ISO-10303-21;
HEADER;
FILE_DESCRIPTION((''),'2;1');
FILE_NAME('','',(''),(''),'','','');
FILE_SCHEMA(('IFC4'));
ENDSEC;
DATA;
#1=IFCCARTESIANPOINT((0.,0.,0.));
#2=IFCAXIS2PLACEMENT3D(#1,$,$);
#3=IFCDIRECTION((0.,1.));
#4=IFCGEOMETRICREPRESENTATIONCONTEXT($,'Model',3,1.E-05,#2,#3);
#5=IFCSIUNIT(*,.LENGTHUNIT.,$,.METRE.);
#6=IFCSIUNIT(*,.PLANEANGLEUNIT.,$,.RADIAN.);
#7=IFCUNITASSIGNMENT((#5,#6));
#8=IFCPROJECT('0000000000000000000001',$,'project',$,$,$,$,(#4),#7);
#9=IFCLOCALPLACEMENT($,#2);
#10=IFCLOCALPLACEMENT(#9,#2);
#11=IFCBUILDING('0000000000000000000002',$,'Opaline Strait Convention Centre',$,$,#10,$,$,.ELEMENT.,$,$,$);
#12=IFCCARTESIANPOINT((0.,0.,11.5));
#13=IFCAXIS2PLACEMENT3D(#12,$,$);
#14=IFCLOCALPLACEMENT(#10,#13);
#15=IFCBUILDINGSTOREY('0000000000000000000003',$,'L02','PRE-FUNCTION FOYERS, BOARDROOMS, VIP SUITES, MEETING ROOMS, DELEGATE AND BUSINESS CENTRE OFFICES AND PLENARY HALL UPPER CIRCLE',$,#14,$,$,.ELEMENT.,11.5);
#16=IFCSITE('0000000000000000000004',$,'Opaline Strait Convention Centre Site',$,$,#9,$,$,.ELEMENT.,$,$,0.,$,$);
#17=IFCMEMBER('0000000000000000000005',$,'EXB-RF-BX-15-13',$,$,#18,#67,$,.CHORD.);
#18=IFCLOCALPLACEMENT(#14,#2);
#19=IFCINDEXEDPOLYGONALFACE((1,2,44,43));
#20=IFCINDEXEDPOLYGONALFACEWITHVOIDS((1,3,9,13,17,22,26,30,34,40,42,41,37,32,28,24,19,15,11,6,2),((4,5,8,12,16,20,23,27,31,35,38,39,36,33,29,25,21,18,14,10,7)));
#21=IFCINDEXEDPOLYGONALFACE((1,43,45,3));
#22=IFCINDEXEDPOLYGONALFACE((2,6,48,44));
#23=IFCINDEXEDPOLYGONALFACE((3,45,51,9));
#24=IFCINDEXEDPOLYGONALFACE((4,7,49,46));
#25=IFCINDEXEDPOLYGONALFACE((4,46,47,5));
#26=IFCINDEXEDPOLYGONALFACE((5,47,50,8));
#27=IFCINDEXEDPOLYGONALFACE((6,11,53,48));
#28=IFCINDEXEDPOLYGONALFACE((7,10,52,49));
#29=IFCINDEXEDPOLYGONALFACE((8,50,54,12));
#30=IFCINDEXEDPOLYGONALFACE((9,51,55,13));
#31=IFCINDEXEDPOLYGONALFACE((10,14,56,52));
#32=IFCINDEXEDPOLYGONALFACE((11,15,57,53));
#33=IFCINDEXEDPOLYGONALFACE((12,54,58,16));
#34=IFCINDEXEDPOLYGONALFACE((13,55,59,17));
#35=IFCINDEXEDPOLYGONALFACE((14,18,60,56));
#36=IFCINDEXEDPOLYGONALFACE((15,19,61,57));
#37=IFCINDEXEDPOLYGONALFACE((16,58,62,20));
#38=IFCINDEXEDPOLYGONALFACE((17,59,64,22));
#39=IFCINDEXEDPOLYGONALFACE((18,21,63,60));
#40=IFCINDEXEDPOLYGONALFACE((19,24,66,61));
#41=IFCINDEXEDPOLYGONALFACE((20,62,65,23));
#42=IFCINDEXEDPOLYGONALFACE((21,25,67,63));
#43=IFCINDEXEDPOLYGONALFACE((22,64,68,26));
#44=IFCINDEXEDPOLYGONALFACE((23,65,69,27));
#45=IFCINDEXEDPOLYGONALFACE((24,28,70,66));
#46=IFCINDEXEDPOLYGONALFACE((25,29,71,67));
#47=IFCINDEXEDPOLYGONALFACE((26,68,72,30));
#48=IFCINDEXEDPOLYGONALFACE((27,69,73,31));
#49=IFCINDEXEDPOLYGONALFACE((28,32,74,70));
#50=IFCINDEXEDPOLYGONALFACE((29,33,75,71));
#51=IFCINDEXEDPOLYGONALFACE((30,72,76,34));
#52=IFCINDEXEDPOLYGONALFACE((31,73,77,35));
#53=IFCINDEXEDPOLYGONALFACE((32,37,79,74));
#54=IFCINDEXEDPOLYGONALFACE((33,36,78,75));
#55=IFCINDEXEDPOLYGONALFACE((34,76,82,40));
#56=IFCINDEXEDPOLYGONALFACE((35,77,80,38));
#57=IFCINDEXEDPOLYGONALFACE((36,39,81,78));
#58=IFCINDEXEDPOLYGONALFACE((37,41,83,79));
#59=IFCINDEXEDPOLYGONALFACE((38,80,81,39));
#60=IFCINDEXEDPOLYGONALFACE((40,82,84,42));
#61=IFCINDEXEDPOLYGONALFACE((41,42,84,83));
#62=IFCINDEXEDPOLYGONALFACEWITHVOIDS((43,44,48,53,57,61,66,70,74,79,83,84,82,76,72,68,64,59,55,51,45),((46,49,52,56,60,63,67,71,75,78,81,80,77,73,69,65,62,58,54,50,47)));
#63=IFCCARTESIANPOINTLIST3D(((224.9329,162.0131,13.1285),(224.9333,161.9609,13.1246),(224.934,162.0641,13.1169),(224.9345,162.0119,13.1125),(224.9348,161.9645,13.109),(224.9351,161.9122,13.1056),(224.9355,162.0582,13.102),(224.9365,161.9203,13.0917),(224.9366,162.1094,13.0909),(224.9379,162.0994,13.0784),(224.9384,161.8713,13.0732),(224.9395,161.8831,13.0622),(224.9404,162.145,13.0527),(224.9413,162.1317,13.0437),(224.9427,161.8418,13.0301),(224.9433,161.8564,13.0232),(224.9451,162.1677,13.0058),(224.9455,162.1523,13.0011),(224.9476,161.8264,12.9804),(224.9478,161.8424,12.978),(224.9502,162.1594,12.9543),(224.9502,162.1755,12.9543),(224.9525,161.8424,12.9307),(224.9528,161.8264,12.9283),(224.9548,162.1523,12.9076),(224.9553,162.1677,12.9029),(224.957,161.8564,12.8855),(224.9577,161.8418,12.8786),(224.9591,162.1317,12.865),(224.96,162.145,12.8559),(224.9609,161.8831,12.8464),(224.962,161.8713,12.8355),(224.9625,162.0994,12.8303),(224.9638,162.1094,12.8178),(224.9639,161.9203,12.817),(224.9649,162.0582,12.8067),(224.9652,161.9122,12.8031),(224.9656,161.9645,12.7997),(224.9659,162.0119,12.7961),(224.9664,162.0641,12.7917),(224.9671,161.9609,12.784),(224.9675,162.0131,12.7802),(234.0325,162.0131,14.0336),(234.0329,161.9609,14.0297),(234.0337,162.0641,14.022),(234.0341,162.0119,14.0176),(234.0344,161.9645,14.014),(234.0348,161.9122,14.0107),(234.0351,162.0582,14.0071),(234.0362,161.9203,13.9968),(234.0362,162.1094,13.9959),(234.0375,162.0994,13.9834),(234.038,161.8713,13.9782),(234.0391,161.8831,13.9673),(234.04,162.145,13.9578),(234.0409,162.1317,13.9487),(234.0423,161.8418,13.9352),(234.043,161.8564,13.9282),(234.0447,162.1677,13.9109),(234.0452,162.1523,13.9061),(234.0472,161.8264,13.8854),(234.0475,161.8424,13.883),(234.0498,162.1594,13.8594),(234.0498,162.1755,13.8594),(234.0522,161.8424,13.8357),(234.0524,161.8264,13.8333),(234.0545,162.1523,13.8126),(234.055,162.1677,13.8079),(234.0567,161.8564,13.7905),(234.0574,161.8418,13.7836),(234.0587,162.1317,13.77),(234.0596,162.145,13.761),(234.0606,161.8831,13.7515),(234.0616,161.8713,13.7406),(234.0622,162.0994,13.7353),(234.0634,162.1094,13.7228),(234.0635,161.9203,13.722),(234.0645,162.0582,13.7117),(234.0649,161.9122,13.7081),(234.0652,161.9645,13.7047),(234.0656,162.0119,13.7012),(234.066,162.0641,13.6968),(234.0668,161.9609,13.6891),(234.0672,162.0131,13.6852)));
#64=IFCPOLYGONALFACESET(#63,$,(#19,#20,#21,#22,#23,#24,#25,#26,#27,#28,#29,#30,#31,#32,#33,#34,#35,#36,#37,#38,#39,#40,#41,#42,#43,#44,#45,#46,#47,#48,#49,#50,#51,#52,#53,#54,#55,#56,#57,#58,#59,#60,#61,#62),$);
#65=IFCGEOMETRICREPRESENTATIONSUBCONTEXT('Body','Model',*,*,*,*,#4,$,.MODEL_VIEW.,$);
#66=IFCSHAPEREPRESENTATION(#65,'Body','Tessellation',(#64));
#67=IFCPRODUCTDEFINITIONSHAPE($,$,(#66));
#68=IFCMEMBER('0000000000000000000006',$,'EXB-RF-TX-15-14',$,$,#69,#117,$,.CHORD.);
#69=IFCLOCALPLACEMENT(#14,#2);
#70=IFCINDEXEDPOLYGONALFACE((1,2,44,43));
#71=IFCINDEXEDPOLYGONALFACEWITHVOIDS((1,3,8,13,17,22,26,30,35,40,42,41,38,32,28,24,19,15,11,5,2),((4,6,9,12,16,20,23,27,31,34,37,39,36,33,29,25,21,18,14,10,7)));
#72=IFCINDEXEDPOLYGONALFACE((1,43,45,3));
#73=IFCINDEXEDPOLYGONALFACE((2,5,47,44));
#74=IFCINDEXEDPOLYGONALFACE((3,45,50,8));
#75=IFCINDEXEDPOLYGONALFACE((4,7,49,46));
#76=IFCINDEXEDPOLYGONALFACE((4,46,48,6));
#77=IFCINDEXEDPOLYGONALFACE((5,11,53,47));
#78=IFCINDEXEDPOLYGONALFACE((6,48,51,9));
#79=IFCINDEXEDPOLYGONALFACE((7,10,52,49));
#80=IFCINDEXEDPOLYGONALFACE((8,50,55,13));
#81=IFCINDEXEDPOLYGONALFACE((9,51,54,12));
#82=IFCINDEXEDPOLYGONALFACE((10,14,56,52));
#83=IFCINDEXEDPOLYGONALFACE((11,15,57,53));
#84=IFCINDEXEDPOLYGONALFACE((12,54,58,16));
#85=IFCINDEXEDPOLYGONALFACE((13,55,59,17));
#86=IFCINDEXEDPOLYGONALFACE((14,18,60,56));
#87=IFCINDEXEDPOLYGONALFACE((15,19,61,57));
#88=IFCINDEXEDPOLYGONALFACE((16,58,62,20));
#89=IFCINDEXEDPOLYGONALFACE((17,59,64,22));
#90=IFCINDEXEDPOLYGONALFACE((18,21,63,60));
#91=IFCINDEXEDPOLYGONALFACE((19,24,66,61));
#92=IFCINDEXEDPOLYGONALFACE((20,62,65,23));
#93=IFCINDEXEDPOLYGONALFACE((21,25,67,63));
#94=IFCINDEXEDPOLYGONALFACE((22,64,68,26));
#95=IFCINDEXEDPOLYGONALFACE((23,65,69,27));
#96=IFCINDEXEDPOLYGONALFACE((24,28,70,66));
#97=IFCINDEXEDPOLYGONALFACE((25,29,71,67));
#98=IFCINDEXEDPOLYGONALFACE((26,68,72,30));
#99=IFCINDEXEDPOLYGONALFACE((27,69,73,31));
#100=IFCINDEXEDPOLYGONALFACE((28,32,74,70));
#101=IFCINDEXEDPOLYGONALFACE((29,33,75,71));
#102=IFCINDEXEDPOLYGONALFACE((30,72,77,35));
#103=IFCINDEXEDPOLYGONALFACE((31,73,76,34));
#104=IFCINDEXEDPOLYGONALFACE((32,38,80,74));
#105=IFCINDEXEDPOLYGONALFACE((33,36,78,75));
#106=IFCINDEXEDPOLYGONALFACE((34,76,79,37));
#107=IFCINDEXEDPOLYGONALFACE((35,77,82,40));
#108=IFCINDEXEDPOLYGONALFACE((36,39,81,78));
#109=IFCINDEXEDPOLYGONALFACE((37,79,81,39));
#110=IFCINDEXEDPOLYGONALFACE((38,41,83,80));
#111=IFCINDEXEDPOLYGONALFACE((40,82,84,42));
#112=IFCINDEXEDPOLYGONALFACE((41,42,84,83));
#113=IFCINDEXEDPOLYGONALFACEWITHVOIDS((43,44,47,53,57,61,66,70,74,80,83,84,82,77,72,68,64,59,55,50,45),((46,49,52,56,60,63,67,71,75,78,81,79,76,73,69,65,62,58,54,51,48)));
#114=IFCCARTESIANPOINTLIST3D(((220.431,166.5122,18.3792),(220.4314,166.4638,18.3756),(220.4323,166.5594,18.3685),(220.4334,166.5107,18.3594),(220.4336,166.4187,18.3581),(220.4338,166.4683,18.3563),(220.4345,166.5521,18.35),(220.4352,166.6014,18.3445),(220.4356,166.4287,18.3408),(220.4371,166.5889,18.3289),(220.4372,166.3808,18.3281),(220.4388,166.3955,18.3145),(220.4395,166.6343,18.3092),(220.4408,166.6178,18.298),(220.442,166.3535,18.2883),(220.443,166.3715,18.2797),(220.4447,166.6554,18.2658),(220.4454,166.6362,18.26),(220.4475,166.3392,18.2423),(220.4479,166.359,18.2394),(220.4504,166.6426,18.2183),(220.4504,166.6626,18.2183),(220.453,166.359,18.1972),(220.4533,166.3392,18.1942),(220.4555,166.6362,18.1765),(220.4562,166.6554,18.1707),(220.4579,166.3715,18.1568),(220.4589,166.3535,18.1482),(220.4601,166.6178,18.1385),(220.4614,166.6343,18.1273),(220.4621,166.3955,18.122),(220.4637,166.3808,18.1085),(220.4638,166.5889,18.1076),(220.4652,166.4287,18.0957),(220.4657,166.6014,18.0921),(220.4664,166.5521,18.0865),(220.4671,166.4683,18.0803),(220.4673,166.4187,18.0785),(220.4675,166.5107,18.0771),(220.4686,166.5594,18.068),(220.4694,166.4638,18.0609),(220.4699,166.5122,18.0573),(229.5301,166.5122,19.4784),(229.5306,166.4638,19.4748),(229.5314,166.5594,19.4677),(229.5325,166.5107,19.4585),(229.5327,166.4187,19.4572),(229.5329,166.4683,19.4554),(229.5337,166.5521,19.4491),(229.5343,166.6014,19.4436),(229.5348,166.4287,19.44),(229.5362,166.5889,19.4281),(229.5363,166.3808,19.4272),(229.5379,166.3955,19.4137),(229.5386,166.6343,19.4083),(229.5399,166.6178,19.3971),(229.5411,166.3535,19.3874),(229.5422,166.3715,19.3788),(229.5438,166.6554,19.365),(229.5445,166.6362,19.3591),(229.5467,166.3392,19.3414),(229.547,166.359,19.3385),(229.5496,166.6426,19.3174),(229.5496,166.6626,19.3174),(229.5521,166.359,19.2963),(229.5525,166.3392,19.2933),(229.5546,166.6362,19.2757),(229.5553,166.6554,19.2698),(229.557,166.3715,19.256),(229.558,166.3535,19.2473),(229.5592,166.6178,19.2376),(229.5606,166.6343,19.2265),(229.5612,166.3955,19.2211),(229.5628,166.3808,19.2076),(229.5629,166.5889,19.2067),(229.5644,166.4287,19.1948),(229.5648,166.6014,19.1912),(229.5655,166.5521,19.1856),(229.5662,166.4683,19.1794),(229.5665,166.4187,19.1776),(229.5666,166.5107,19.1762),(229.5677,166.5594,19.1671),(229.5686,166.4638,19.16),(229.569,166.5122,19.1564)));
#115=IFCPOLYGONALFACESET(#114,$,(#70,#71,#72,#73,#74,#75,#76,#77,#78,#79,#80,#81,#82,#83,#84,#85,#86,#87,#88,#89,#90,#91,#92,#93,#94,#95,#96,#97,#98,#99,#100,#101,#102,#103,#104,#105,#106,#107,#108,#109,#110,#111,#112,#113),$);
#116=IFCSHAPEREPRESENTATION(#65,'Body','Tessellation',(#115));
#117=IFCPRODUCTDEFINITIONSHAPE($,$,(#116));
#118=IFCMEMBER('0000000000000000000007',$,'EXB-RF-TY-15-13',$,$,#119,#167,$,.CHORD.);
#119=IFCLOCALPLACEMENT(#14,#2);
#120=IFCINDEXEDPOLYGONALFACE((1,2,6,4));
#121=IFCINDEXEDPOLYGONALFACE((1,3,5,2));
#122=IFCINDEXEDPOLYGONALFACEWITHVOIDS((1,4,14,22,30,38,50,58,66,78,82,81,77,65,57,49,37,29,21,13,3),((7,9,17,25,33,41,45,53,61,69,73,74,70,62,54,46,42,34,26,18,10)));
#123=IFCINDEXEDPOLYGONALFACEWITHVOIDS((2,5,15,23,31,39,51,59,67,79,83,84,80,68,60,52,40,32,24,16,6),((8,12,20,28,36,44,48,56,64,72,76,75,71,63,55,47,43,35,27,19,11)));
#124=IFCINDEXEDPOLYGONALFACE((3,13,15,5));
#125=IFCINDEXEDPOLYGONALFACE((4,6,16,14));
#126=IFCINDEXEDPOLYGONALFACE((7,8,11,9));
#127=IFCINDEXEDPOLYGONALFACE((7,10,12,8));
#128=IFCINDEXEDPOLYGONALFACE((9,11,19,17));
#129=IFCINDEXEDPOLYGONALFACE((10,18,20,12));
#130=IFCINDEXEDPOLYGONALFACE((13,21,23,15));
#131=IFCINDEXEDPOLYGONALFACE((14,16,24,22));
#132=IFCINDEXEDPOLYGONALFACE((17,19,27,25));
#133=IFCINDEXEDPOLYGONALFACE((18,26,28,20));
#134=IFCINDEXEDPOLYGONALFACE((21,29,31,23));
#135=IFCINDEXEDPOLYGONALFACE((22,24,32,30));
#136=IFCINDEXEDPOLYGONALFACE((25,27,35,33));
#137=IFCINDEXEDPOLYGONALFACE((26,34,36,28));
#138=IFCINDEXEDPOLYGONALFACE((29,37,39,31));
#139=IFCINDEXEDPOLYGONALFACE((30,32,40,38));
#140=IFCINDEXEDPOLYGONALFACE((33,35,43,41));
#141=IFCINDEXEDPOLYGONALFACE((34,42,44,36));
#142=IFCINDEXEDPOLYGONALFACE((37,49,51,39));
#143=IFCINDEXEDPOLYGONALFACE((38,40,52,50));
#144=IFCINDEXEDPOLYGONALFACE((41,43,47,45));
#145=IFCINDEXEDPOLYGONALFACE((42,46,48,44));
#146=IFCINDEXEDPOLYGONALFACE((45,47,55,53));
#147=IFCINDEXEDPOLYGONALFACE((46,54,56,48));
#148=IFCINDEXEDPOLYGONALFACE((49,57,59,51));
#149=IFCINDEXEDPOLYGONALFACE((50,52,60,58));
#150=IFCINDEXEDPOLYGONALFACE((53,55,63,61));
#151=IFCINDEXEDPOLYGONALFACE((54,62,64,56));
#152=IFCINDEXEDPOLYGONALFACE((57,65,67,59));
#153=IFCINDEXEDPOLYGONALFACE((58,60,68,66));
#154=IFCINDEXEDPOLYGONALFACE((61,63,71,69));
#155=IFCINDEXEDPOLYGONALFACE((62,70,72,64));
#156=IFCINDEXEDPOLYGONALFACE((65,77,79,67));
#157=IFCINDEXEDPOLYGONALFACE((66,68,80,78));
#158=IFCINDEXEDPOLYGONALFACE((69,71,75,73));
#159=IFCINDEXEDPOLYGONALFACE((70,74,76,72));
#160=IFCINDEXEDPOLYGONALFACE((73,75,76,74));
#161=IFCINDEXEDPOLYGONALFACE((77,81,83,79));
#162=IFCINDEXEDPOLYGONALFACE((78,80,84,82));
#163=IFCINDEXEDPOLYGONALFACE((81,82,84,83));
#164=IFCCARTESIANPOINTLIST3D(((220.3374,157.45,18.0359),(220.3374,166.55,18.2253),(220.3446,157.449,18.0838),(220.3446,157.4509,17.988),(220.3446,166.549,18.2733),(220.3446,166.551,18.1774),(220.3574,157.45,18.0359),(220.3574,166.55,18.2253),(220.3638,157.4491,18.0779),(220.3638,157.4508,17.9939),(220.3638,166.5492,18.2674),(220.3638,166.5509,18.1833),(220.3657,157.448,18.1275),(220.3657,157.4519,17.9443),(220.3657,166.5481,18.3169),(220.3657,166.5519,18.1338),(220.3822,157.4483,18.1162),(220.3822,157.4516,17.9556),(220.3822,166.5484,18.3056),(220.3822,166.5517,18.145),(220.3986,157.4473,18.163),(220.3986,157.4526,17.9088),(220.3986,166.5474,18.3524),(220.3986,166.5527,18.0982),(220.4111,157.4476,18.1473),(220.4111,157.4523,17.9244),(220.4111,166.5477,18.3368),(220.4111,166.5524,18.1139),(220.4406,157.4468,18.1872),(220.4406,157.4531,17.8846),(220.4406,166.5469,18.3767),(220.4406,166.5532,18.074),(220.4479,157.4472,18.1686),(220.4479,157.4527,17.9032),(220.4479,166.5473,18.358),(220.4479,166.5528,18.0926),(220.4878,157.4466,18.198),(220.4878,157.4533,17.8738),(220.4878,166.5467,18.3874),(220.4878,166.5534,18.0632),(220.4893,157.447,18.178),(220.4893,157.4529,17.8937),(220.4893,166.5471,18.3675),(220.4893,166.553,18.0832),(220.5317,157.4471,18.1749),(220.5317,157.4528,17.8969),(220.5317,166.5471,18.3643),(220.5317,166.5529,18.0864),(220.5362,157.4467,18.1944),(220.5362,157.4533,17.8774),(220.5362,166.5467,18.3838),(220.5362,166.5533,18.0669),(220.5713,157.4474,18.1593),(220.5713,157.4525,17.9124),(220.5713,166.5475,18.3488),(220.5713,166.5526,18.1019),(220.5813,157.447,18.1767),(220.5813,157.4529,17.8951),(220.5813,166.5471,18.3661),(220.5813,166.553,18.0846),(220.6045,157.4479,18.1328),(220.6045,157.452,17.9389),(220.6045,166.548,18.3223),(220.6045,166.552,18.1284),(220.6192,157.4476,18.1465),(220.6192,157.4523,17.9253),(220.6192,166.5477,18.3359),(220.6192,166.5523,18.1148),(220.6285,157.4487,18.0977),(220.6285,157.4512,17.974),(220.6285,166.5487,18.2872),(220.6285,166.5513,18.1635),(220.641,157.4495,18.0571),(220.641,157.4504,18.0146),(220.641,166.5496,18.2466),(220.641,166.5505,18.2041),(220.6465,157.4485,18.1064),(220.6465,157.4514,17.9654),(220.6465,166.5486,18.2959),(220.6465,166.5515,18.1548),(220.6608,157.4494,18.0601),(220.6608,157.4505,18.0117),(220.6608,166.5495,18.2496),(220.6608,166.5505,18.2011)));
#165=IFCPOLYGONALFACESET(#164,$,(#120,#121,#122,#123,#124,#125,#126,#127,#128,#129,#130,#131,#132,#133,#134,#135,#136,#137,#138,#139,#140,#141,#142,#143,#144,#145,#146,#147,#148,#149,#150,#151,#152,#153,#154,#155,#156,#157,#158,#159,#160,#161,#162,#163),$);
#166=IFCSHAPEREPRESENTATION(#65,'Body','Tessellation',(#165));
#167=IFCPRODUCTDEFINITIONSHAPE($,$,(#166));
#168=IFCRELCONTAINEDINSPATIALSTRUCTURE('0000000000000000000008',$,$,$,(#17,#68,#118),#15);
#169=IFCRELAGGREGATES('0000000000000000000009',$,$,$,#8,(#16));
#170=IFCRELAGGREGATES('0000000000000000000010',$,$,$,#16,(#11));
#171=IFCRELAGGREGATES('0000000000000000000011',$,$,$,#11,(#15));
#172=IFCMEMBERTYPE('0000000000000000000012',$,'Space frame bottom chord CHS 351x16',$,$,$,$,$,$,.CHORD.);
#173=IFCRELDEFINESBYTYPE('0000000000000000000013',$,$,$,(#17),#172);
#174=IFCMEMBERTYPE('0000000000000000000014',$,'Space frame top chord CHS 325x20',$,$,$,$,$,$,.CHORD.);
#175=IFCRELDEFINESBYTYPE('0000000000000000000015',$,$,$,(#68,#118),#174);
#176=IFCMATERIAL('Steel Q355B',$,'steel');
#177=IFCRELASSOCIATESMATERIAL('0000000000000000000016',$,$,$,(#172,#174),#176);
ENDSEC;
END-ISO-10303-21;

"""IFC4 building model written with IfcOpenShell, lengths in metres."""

from ifc_helpers import new_model, si_unit, direction, frame, origin, origin_2d, place, context, subcontext, project, spatial, hollow_circle, extrude, material, material_profile, profile_set, type_object, element, save


model = new_model("IFC4")

# Units and contexts
model_context = context("Model", 3, precision=1e-05, world=origin(), true_north=direction((0.0, 1.0)))
body_context = subcontext(model_context, "Body", "Model", "MODEL_VIEW")
ifc_project = project(units=[si_unit("LENGTHUNIT", "METRE"), si_unit("PLANEANGLEUNIT", "RADIAN")], contexts=[model_context])

# Site, building, storey
site_placement = place(None, origin())
site = spatial("IfcSite", under=ifc_project, at=site_placement, Name="Opaline Strait Convention Centre Site", CompositionType="ELEMENT", RefElevation=0.0)
building_placement = place(site_placement, origin())
building = spatial("IfcBuilding", under=site, at=building_placement, Name="Opaline Strait Convention Centre", CompositionType="ELEMENT")
storey_placement = place(building_placement, frame((0.0, 0.0, 11.5)))
storey = spatial("IfcBuildingStorey", under=building, at=storey_placement, Name="L02", Description="PRE-FUNCTION FOYERS, BOARDROOMS, VIP SUITES, MEETING ROOMS, DELEGATE AND BUSINESS CENTRE OFFICES AND PLENARY HALL UPPER CIRCLE", CompositionType="ELEMENT", Elevation=11.5)

# Members
ifc_material_1 = material(Name="Steel Q355B", Category="steel")
ifc_material_profile_1 = material_profile(ifc_material_1, hollow_circle(Radius=0.1755, WallThickness=0.0161, at=origin_2d()), Name="CHS 351x16")
ifc_profile_set_1 = profile_set([ifc_material_profile_1], Name="Steel Q355B")
member_type_1 = type_object("IfcMemberType", Name="Space frame bottom chord CHS 351x16", PredefinedType="CHORD", material=ifc_profile_set_1)
member_1_placement = place(storey_placement, frame((224.9502, 162.0, 12.9543), z_axis=(0.99509, 0.0, 0.09897), x_axis=(0.0, 1.0, 0.0)))
element("IfcMember", 1, at=member_1_placement, inside=storey, type_object=member_type_1, Name="EXB-RF-BX-15-13", PredefinedType="CHORD", context=body_context, shape_type="SweptSolid", body=[
    extrude(hollow_circle(Radius=0.1755, WallThickness=0.0161, at=origin_2d()), origin(), (0.0, 0.0, 1.0), 9.1445),
])
ifc_material_profile_2 = material_profile(ifc_material_1, hollow_circle(Radius=0.1626, WallThickness=0.02, at=origin_2d()), Name="CHS 325x20")
ifc_profile_set_2 = profile_set([ifc_material_profile_2], Name="Steel Q355B")
member_type_2 = type_object("IfcMemberType", Name="Space frame top chord CHS 325x20", PredefinedType="CHORD", material=ifc_profile_set_2)
member_2_placement = place(storey_placement, frame((220.4504, 166.5, 18.2183), z_axis=(0.992783, 0.0, 0.119922), x_axis=(0.0, 1.0, 0.0)))
element("IfcMember", 2, at=member_2_placement, inside=storey, type_object=member_type_2, Name="EXB-RF-TX-15-14", PredefinedType="CHORD", context=body_context, shape_type="SweptSolid", body=[
    extrude(hollow_circle(Radius=0.1626, WallThickness=0.02, at=origin_2d()), origin(), (0.0, 0.0, 1.0), 9.1653),
])
member_3_placement = place(storey_placement, frame((220.5, 157.45, 18.0359), z_axis=(0.0, 0.999783, 0.020814), x_axis=(-1.0, 0.0, 0.0)))
element("IfcMember", 3, at=member_3_placement, inside=storey, type_object=member_type_2, Name="EXB-RF-TY-15-13", PredefinedType="CHORD", context=body_context, shape_type="SweptSolid", body=[
    extrude(hollow_circle(Radius=0.1626, WallThickness=0.02, at=origin_2d()), origin(), (0.0, 0.0, 1.0), 9.1021),
])

save(model, "model.ifc")
